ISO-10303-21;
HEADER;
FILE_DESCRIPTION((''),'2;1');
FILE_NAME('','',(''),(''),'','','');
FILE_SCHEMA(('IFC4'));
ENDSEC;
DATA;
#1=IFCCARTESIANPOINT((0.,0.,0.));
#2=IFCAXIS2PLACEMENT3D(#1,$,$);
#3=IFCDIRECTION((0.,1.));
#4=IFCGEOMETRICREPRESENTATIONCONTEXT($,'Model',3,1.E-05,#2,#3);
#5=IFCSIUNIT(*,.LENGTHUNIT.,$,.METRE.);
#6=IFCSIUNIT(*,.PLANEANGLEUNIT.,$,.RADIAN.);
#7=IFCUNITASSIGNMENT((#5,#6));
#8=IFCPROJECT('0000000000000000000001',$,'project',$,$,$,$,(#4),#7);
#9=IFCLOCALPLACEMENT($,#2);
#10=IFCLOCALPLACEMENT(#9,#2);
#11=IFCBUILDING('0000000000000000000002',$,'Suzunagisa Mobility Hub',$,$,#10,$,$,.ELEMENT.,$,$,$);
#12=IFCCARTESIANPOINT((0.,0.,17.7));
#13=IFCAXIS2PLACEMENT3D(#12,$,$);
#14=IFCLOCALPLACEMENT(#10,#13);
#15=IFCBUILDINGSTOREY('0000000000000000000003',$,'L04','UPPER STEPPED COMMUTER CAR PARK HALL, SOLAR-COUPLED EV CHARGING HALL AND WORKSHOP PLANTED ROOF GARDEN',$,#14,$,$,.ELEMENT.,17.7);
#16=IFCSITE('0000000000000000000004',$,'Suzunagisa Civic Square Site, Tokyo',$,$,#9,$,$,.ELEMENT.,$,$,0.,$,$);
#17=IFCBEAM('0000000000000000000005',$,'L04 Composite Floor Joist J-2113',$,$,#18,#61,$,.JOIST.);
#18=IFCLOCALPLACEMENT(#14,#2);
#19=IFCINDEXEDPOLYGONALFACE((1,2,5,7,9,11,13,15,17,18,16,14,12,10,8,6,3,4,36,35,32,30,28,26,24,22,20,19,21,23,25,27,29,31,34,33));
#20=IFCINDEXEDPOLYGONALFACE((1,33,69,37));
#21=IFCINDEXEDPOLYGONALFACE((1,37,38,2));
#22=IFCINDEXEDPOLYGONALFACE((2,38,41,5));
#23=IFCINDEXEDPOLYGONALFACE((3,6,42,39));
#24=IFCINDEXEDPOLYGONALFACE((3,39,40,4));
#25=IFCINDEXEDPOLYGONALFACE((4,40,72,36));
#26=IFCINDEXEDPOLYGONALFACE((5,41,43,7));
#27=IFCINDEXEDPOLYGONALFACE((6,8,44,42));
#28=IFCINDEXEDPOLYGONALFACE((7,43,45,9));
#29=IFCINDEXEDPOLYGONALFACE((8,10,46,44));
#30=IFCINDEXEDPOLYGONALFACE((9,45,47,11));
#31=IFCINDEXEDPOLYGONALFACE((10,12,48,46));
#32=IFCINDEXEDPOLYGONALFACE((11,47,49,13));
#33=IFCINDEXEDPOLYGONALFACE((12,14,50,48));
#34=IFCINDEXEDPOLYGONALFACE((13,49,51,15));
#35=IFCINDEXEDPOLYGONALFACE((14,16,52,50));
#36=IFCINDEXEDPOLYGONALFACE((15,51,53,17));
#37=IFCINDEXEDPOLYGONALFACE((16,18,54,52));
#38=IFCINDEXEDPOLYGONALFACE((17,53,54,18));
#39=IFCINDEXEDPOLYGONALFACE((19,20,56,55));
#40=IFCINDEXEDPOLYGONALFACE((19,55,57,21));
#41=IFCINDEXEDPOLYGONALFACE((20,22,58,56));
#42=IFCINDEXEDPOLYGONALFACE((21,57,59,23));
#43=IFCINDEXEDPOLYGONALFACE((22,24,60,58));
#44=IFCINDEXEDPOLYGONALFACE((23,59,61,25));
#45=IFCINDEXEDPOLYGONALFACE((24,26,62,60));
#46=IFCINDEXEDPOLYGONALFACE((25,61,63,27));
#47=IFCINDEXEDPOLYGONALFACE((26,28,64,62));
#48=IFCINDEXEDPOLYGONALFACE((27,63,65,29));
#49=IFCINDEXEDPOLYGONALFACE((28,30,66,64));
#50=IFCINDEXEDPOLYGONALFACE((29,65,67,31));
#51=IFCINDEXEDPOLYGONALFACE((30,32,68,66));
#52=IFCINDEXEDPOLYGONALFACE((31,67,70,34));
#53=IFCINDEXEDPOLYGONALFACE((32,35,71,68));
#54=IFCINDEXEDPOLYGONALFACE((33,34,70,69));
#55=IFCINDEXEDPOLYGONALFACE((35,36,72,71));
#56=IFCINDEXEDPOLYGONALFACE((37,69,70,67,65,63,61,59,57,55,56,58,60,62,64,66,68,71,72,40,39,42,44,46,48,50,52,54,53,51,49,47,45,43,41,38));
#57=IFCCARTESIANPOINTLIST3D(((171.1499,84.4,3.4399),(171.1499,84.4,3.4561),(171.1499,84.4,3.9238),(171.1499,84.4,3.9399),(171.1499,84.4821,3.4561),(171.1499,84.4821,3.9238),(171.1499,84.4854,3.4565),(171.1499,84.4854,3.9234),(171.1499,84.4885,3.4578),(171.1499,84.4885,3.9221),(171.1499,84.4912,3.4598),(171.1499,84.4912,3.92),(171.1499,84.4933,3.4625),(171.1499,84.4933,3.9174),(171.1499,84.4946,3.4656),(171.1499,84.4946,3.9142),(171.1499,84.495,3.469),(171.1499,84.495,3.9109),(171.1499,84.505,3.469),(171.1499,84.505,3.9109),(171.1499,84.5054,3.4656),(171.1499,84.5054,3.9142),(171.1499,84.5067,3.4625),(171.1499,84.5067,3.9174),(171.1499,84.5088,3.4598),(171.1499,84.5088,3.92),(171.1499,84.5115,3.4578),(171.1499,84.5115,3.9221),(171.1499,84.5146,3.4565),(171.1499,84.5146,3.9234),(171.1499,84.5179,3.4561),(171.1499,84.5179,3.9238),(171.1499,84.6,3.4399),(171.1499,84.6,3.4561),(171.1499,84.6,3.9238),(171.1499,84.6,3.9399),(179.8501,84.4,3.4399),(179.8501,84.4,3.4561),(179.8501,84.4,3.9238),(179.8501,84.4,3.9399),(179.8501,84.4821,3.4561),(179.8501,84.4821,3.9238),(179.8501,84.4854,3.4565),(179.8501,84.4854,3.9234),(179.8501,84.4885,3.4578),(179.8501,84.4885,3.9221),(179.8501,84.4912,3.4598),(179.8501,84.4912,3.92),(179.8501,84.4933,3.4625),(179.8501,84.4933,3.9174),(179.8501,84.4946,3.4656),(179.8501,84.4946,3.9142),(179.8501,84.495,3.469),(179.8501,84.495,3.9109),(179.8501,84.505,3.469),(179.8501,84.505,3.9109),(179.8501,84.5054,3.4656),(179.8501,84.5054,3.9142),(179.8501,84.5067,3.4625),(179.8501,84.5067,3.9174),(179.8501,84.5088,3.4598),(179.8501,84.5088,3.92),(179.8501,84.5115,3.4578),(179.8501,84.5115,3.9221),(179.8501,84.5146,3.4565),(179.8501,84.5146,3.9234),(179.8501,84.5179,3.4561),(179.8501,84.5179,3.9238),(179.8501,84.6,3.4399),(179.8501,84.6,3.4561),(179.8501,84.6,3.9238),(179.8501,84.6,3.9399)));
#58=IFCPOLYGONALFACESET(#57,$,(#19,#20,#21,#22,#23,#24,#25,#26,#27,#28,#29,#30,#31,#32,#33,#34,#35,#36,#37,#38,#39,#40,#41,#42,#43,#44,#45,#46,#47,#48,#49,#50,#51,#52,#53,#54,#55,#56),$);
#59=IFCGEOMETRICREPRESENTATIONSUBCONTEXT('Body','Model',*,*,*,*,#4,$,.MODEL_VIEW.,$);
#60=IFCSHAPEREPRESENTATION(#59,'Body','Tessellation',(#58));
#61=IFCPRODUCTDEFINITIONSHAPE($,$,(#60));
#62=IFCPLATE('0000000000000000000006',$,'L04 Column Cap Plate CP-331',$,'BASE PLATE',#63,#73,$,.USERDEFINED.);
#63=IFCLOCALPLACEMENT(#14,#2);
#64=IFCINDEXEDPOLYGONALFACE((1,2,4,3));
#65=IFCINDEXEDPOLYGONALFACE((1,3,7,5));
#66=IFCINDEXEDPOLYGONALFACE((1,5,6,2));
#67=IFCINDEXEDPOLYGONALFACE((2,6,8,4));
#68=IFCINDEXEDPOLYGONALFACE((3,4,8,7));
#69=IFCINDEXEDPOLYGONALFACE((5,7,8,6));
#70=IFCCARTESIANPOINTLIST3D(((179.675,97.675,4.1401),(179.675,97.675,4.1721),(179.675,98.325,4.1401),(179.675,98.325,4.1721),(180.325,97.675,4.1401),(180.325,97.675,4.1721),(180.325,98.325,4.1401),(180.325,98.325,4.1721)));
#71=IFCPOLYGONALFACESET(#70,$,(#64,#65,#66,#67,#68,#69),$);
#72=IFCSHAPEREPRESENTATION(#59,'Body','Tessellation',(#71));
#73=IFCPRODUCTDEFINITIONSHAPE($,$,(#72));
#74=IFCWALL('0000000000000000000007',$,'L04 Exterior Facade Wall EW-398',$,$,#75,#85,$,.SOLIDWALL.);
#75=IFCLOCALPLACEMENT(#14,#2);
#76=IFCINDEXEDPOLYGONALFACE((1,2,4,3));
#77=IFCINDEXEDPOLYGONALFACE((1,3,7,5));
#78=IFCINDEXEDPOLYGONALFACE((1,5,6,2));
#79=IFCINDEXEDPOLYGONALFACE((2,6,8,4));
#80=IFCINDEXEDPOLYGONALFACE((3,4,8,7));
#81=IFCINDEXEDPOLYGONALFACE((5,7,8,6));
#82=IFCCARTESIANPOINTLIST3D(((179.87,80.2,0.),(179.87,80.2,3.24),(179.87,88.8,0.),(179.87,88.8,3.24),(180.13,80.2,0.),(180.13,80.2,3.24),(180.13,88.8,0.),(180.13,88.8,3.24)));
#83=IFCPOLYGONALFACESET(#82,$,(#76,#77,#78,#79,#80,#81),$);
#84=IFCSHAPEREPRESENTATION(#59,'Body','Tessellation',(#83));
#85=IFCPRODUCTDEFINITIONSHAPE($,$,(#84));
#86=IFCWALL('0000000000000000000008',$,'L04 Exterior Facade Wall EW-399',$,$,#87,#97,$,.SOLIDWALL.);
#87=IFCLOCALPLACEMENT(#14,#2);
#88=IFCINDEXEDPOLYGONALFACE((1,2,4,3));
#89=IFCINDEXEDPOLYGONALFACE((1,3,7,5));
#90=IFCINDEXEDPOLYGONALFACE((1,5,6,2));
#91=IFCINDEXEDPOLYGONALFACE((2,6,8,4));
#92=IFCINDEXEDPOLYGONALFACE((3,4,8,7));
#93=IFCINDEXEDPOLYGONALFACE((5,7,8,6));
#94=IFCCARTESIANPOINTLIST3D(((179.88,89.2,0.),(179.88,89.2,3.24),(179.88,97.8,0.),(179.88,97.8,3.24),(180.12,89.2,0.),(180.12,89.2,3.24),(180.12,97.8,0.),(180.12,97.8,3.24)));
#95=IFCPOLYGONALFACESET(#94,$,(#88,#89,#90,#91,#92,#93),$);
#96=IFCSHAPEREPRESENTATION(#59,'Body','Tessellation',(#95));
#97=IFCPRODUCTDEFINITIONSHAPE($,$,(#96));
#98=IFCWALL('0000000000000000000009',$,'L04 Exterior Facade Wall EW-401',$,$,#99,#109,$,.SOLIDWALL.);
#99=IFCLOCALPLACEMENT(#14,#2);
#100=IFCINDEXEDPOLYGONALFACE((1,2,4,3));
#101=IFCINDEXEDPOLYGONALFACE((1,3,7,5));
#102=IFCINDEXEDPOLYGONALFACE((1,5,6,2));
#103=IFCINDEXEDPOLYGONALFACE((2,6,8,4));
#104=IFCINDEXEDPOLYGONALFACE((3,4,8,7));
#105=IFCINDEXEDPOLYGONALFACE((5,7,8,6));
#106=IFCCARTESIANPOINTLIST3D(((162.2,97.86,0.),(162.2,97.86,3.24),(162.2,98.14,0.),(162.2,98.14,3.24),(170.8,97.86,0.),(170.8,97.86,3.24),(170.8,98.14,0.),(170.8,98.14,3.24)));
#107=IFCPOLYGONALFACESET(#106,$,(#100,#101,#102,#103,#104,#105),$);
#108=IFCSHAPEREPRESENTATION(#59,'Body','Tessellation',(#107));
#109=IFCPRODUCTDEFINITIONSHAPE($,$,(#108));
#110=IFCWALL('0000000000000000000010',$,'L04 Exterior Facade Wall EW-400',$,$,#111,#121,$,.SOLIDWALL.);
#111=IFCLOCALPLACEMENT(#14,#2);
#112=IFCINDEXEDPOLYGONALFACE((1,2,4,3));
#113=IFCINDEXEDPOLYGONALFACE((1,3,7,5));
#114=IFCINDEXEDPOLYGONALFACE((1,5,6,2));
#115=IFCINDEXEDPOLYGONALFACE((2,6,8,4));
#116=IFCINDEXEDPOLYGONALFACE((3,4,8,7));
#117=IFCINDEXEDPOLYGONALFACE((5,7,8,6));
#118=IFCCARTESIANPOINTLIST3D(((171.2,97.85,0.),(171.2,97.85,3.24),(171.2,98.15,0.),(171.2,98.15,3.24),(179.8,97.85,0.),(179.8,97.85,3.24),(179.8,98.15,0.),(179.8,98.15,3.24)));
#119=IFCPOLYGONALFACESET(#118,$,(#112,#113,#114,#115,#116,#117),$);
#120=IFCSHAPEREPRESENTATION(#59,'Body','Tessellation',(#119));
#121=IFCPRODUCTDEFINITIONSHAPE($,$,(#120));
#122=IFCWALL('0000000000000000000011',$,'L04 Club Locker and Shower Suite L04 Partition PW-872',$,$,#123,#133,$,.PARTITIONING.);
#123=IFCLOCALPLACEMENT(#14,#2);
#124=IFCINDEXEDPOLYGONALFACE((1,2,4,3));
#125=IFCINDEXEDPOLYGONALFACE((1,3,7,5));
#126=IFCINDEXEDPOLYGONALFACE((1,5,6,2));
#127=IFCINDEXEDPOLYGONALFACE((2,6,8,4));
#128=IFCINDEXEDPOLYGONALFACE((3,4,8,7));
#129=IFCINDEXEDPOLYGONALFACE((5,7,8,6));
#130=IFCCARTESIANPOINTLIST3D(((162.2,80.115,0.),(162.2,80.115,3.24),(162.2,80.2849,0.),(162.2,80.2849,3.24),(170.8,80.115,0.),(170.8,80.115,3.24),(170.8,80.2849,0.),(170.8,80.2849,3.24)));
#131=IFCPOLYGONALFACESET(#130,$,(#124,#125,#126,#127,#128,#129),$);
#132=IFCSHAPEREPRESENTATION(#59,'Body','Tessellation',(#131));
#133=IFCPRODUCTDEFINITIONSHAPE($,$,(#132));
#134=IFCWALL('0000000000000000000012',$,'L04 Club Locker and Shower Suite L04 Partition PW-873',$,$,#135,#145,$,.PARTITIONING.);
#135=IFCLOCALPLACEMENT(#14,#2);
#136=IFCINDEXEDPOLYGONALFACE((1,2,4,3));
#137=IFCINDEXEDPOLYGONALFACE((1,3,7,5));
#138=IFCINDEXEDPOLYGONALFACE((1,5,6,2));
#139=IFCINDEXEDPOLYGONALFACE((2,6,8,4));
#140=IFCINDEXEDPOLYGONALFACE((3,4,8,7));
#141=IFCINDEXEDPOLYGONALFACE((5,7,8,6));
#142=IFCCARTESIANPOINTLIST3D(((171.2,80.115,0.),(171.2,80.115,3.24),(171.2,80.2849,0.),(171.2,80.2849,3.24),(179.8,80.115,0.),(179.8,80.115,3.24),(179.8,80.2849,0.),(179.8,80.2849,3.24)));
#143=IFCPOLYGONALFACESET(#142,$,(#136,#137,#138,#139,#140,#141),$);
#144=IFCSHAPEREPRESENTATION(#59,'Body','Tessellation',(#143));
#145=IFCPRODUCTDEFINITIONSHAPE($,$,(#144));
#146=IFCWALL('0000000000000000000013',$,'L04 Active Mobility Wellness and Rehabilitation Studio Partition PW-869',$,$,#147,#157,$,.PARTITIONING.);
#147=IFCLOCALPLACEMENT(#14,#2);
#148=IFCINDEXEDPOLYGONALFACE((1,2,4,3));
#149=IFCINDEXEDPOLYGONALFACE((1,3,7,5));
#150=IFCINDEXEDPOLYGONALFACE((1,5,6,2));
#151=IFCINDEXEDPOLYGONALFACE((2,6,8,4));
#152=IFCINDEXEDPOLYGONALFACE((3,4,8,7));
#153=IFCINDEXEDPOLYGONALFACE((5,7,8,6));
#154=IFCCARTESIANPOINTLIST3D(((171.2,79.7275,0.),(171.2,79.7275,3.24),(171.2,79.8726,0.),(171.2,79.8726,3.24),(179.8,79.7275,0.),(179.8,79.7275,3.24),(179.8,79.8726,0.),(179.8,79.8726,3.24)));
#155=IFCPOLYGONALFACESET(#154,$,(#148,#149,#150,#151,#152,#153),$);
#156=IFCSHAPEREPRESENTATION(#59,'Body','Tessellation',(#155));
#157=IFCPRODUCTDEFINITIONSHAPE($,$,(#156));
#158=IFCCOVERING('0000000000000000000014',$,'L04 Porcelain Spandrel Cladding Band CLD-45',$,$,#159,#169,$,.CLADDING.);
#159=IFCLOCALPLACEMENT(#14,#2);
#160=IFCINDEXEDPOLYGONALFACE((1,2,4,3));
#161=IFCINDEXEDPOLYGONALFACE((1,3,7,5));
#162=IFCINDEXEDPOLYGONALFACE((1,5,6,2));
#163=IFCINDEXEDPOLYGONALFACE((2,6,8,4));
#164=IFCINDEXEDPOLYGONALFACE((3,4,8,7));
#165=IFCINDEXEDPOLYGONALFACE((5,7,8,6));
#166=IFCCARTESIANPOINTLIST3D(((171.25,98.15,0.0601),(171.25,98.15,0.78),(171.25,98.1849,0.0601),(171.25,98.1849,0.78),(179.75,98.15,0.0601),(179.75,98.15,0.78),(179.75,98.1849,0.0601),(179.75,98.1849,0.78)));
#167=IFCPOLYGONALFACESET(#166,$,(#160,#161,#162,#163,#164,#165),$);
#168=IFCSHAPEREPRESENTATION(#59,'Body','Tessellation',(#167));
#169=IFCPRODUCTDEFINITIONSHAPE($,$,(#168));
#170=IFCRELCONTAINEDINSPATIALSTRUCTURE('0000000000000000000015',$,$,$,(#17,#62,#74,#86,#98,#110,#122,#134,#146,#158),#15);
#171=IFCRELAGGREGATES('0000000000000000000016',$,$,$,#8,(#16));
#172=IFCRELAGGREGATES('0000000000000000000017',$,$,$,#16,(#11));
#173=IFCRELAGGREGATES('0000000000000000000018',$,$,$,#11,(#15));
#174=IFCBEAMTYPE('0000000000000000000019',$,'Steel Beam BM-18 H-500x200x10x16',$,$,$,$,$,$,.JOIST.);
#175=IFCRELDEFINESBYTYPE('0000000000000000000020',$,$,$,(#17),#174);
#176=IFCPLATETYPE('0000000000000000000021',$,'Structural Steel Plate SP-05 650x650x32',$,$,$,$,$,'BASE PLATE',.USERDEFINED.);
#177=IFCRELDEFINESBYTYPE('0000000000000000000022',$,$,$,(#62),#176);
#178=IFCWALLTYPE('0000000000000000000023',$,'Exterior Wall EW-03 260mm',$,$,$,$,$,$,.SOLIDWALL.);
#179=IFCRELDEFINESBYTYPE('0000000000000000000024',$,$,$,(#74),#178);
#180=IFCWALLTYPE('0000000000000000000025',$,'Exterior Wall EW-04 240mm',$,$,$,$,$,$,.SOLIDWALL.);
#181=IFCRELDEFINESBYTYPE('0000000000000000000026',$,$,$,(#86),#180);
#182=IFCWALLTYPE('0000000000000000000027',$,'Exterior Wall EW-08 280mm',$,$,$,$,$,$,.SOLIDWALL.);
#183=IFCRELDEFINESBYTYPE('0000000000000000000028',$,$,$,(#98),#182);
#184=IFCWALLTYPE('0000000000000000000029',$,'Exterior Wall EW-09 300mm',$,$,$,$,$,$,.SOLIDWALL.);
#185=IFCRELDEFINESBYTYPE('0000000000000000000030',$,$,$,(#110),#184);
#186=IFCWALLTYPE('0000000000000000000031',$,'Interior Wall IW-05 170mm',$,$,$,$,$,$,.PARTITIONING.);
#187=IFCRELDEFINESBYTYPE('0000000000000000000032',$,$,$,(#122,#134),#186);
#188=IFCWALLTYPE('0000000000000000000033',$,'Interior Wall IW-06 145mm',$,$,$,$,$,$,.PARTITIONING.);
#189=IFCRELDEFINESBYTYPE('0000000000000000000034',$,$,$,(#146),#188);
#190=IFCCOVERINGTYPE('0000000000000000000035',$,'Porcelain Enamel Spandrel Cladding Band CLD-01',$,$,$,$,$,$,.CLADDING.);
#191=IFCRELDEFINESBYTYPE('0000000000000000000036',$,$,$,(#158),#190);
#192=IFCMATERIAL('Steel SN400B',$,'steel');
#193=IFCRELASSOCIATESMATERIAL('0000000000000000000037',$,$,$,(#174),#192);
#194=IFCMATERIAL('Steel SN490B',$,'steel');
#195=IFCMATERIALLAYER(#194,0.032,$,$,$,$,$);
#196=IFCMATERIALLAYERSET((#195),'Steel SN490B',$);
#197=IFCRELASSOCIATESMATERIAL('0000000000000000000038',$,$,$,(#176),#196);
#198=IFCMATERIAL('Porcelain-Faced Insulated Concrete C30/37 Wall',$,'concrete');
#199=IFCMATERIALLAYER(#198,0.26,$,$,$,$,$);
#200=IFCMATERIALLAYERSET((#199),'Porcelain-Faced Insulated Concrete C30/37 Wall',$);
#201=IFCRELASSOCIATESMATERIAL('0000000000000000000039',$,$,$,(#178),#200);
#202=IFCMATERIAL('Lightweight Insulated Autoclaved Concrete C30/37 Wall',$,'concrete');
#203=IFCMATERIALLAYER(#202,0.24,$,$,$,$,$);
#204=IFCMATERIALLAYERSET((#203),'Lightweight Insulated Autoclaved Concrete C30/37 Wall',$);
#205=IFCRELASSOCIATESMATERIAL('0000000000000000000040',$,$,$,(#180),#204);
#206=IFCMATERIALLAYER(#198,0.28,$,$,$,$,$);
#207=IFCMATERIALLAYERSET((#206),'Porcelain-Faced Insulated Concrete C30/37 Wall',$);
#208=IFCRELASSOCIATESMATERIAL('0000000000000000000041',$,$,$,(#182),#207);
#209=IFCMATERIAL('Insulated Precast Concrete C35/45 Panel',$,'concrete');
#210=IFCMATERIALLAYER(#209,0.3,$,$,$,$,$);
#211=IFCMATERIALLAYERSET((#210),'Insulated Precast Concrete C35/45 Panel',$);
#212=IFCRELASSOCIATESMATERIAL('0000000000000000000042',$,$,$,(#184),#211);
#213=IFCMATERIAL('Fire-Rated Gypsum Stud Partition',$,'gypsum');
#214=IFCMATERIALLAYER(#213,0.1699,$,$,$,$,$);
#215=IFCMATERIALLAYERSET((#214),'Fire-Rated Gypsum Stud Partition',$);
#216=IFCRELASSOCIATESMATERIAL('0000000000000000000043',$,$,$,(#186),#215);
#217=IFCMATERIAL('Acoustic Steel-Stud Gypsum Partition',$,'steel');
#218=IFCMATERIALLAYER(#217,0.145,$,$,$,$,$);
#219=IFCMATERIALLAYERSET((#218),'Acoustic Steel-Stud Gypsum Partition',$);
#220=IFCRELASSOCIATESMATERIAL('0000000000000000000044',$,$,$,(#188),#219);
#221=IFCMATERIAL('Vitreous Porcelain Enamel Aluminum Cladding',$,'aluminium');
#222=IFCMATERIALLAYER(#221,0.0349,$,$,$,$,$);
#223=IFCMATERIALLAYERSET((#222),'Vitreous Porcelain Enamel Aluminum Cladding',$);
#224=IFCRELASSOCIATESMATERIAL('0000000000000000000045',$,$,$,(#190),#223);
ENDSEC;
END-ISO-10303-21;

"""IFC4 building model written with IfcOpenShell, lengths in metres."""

from ifc_helpers import new_model, si_unit, direction, frame, frame_2d, origin, origin_2d, place, context, subcontext, project, spatial, rectangle, i_section, extrude, material, layer, layer_set, material_profile, profile_set, type_object, element, save


model = new_model("IFC4")

# Units and contexts
model_context = context("Model", 3, precision=1e-05, world=origin(), true_north=direction((0.0, 1.0)))
body_context = subcontext(model_context, "Body", "Model", "MODEL_VIEW")
ifc_project = project(units=[si_unit("LENGTHUNIT", "METRE"), si_unit("PLANEANGLEUNIT", "RADIAN")], contexts=[model_context])

# Site, building, storey
site_placement = place(None, origin())
site = spatial("IfcSite", under=ifc_project, at=site_placement, Name="Suzunagisa Civic Square Site, Tokyo", CompositionType="ELEMENT", RefElevation=0.0)
building_placement = place(site_placement, origin())
building = spatial("IfcBuilding", under=site, at=building_placement, Name="Suzunagisa Mobility Hub", CompositionType="ELEMENT")
storey_placement = place(building_placement, frame((0.0, 0.0, 17.7)))
storey = spatial("IfcBuildingStorey", under=building, at=storey_placement, Name="L04", Description="UPPER STEPPED COMMUTER CAR PARK HALL, SOLAR-COUPLED EV CHARGING HALL AND WORKSHOP PLANTED ROOF GARDEN", CompositionType="ELEMENT", Elevation=17.7)

# Shared definitions
ifc_material_1 = material(Name="Steel SN490B", Category="steel")

# Beam
ifc_material_2 = material(Name="Steel SN400B", Category="steel")
ifc_material_profile_1 = material_profile(ifc_material_2, i_section(OverallWidth=0.2, OverallDepth=0.5, WebThickness=0.01, FlangeThickness=0.0161, FilletRadius=0.0129, at=origin_2d()), Name="H-500x200x10x16")
ifc_profile_set_1 = profile_set([ifc_material_profile_1], Name="Steel SN400B")
beam_type_1 = type_object("IfcBeamType", Name="Steel Beam BM-18 H-500x200x10x16", PredefinedType="JOIST", material=ifc_profile_set_1)
beam_1_placement = place(storey_placement, frame((171.1499, 84.5, 3.6899), z_axis=(1.0, 0.0, 0.0), x_axis=(0.0, 1.0, 0.0)))
element("IfcBeam", 1, at=beam_1_placement, inside=storey, type_object=beam_type_1, Name="L04 Composite Floor Joist J-2113", PredefinedType="JOIST", context=body_context, shape_type="SweptSolid", body=[
    extrude(i_section(OverallWidth=0.2, OverallDepth=0.5, WebThickness=0.01, FlangeThickness=0.0161, FilletRadius=0.0129, at=origin_2d()), origin(), (0.0, 0.0, 1.0), 8.7002),
])

# Plate
ifc_layer_1 = layer(ifc_material_1, 0.032)
ifc_layer_set_1 = layer_set([ifc_layer_1], Name="Steel SN490B")
plate_type = type_object("IfcPlateType", Name="Structural Steel Plate SP-05 650x650x32", ElementType="BASE PLATE", PredefinedType="USERDEFINED", material=ifc_layer_set_1)
plate_placement = place(storey_placement, frame((180.0, 98.0, 4.1401), z_axis=(0.0, 0.0, 1.0), x_axis=(1.0, 0.0, 0.0)))
element("IfcPlate", 2, at=plate_placement, inside=storey, type_object=plate_type, Name="L04 Column Cap Plate CP-331", ObjectType="BASE PLATE", PredefinedType="USERDEFINED", context=body_context, shape_type="SweptSolid", body=[
    extrude(rectangle(XDim=0.6499, YDim=0.6499, at=origin_2d()), origin(), (0.0, 0.0, 1.0), 0.032),
])

# Walls
ifc_material_3 = material(Name="Porcelain-Faced Insulated Concrete C30/37 Wall", Category="concrete")
ifc_layer_2 = layer(ifc_material_3, 0.26)
ifc_layer_set_2 = layer_set([ifc_layer_2], Name="Porcelain-Faced Insulated Concrete C30/37 Wall")
wall_type_1 = type_object("IfcWallType", Name="Exterior Wall EW-03 260mm", PredefinedType="SOLIDWALL", material=ifc_layer_set_2)
wall_1_placement = place(storey_placement, frame((180.0, 80.2, 0.0), z_axis=(0.0, 0.0, 1.0), x_axis=(0.0, 1.0, 0.0)))
element("IfcWall", 3, at=wall_1_placement, inside=storey, type_object=wall_type_1, Name="L04 Exterior Facade Wall EW-398", PredefinedType="SOLIDWALL", context=body_context, shape_type="SweptSolid", body=[
    extrude(rectangle(XDim=8.6001, YDim=0.26, at=frame_2d((4.3, 0.0))), origin(), (0.0, 0.0, 1.0), 3.24),
])
ifc_material_4 = material(Name="Lightweight Insulated Autoclaved Concrete C30/37 Wall", Category="concrete")
ifc_layer_3 = layer(ifc_material_4, 0.24)
ifc_layer_set_3 = layer_set([ifc_layer_3], Name="Lightweight Insulated Autoclaved Concrete C30/37 Wall")
wall_type_2 = type_object("IfcWallType", Name="Exterior Wall EW-04 240mm", PredefinedType="SOLIDWALL", material=ifc_layer_set_3)
wall_2_placement = place(storey_placement, frame((180.0, 89.2, 0.0), z_axis=(0.0, 0.0, 1.0), x_axis=(0.0, 1.0, 0.0)))
element("IfcWall", 4, at=wall_2_placement, inside=storey, type_object=wall_type_2, Name="L04 Exterior Facade Wall EW-399", PredefinedType="SOLIDWALL", context=body_context, shape_type="SweptSolid", body=[
    extrude(rectangle(XDim=8.6001, YDim=0.24, at=frame_2d((4.3, 0.0))), origin(), (0.0, 0.0, 1.0), 3.24),
])
ifc_layer_4 = layer(ifc_material_3, 0.28)
ifc_layer_set_4 = layer_set([ifc_layer_4], Name="Porcelain-Faced Insulated Concrete C30/37 Wall")
wall_type_3 = type_object("IfcWallType", Name="Exterior Wall EW-08 280mm", PredefinedType="SOLIDWALL", material=ifc_layer_set_4)
wall_3_placement = place(storey_placement, frame((170.8, 98.0, 0.0), z_axis=(0.0, 0.0, 1.0), x_axis=(-1.0, 0.0, 0.0)))
element("IfcWall", 5, at=wall_3_placement, inside=storey, type_object=wall_type_3, Name="L04 Exterior Facade Wall EW-401", PredefinedType="SOLIDWALL", context=body_context, shape_type="SweptSolid", body=[
    extrude(rectangle(XDim=8.6001, YDim=0.28, at=frame_2d((4.3, 0.0))), origin(), (0.0, 0.0, 1.0), 3.24),
])
ifc_material_5 = material(Name="Insulated Precast Concrete C35/45 Panel", Category="concrete")
ifc_layer_5 = layer(ifc_material_5, 0.3)
ifc_layer_set_5 = layer_set([ifc_layer_5], Name="Insulated Precast Concrete C35/45 Panel")
wall_type_4 = type_object("IfcWallType", Name="Exterior Wall EW-09 300mm", PredefinedType="SOLIDWALL", material=ifc_layer_set_5)
wall_4_placement = place(storey_placement, frame((179.8, 98.0, 0.0), z_axis=(0.0, 0.0, 1.0), x_axis=(-1.0, 0.0, 0.0)))
element("IfcWall", 6, at=wall_4_placement, inside=storey, type_object=wall_type_4, Name="L04 Exterior Facade Wall EW-400", PredefinedType="SOLIDWALL", context=body_context, shape_type="SweptSolid", body=[
    extrude(rectangle(XDim=8.6001, YDim=0.3, at=frame_2d((4.3, 0.0))), origin(), (0.0, 0.0, 1.0), 3.24),
])
ifc_material_6 = material(Name="Fire-Rated Gypsum Stud Partition", Category="gypsum")
ifc_layer_6 = layer(ifc_material_6, 0.1699)
ifc_layer_set_6 = layer_set([ifc_layer_6], Name="Fire-Rated Gypsum Stud Partition")
wall_type_5 = type_object("IfcWallType", Name="Interior Wall IW-05 170mm", PredefinedType="PARTITIONING", material=ifc_layer_set_6)
for number, where, z_axis, x_axis, name in (
    (7, (162.2, 80.2, 0.0), (0.0, 0.0, 1.0), (1.0, 0.0, 0.0), "L04 Club Locker and Shower Suite L04 Partition PW-872"),
    (8, (171.2, 80.2, 0.0), (0.0, 0.0, 1.0), (1.0, 0.0, 0.0), "L04 Club Locker and Shower Suite L04 Partition PW-873"),
):
    element("IfcWall", number, at=place(storey_placement, frame(where, z_axis=z_axis, x_axis=x_axis)), inside=storey, type_object=wall_type_5, Name=name, PredefinedType="PARTITIONING", context=body_context, shape_type="SweptSolid", body=[
        extrude(rectangle(XDim=8.6001, YDim=0.1699, at=frame_2d((4.3, 0.0))), origin(), (0.0, 0.0, 1.0), 3.24),
    ])
ifc_material_7 = material(Name="Acoustic Steel-Stud Gypsum Partition", Category="steel")
ifc_layer_7 = layer(ifc_material_7, 0.145)
ifc_layer_set_7 = layer_set([ifc_layer_7], Name="Acoustic Steel-Stud Gypsum Partition")
wall_type_6 = type_object("IfcWallType", Name="Interior Wall IW-06 145mm", PredefinedType="PARTITIONING", material=ifc_layer_set_7)
wall_5_placement = place(storey_placement, frame((171.2, 79.8, 0.0), z_axis=(0.0, 0.0, 1.0), x_axis=(1.0, 0.0, 0.0)))
element("IfcWall", 9, at=wall_5_placement, inside=storey, type_object=wall_type_6, Name="L04 Active Mobility Wellness and Rehabilitation Studio Partition PW-869", PredefinedType="PARTITIONING", context=body_context, shape_type="SweptSolid", body=[
    extrude(rectangle(XDim=8.6001, YDim=0.145, at=frame_2d((4.3, 0.0))), origin(), (0.0, 0.0, 1.0), 3.24),
])

# Covering
ifc_material_8 = material(Name="Vitreous Porcelain Enamel Aluminum Cladding", Category="aluminium")
ifc_layer_8 = layer(ifc_material_8, 0.0349)
ifc_layer_set_8 = layer_set([ifc_layer_8], Name="Vitreous Porcelain Enamel Aluminum Cladding")
covering_type = type_object("IfcCoveringType", Name="Porcelain Enamel Spandrel Cladding Band CLD-01", PredefinedType="CLADDING", material=ifc_layer_set_8)
covering_placement = place(storey_placement, frame((175.5, 98.1675, 0.0601), z_axis=(0.0, 0.0, 1.0), x_axis=(-1.0, 0.0, 0.0)))
element("IfcCovering", 10, at=covering_placement, inside=storey, type_object=covering_type, Name="L04 Porcelain Spandrel Cladding Band CLD-45", PredefinedType="CLADDING", context=body_context, shape_type="SweptSolid", body=[
    extrude(rectangle(XDim=8.5, YDim=0.0349, at=origin_2d()), origin(), (0.0, 0.0, 1.0), 0.72),
])

save(model, "model.ifc")
